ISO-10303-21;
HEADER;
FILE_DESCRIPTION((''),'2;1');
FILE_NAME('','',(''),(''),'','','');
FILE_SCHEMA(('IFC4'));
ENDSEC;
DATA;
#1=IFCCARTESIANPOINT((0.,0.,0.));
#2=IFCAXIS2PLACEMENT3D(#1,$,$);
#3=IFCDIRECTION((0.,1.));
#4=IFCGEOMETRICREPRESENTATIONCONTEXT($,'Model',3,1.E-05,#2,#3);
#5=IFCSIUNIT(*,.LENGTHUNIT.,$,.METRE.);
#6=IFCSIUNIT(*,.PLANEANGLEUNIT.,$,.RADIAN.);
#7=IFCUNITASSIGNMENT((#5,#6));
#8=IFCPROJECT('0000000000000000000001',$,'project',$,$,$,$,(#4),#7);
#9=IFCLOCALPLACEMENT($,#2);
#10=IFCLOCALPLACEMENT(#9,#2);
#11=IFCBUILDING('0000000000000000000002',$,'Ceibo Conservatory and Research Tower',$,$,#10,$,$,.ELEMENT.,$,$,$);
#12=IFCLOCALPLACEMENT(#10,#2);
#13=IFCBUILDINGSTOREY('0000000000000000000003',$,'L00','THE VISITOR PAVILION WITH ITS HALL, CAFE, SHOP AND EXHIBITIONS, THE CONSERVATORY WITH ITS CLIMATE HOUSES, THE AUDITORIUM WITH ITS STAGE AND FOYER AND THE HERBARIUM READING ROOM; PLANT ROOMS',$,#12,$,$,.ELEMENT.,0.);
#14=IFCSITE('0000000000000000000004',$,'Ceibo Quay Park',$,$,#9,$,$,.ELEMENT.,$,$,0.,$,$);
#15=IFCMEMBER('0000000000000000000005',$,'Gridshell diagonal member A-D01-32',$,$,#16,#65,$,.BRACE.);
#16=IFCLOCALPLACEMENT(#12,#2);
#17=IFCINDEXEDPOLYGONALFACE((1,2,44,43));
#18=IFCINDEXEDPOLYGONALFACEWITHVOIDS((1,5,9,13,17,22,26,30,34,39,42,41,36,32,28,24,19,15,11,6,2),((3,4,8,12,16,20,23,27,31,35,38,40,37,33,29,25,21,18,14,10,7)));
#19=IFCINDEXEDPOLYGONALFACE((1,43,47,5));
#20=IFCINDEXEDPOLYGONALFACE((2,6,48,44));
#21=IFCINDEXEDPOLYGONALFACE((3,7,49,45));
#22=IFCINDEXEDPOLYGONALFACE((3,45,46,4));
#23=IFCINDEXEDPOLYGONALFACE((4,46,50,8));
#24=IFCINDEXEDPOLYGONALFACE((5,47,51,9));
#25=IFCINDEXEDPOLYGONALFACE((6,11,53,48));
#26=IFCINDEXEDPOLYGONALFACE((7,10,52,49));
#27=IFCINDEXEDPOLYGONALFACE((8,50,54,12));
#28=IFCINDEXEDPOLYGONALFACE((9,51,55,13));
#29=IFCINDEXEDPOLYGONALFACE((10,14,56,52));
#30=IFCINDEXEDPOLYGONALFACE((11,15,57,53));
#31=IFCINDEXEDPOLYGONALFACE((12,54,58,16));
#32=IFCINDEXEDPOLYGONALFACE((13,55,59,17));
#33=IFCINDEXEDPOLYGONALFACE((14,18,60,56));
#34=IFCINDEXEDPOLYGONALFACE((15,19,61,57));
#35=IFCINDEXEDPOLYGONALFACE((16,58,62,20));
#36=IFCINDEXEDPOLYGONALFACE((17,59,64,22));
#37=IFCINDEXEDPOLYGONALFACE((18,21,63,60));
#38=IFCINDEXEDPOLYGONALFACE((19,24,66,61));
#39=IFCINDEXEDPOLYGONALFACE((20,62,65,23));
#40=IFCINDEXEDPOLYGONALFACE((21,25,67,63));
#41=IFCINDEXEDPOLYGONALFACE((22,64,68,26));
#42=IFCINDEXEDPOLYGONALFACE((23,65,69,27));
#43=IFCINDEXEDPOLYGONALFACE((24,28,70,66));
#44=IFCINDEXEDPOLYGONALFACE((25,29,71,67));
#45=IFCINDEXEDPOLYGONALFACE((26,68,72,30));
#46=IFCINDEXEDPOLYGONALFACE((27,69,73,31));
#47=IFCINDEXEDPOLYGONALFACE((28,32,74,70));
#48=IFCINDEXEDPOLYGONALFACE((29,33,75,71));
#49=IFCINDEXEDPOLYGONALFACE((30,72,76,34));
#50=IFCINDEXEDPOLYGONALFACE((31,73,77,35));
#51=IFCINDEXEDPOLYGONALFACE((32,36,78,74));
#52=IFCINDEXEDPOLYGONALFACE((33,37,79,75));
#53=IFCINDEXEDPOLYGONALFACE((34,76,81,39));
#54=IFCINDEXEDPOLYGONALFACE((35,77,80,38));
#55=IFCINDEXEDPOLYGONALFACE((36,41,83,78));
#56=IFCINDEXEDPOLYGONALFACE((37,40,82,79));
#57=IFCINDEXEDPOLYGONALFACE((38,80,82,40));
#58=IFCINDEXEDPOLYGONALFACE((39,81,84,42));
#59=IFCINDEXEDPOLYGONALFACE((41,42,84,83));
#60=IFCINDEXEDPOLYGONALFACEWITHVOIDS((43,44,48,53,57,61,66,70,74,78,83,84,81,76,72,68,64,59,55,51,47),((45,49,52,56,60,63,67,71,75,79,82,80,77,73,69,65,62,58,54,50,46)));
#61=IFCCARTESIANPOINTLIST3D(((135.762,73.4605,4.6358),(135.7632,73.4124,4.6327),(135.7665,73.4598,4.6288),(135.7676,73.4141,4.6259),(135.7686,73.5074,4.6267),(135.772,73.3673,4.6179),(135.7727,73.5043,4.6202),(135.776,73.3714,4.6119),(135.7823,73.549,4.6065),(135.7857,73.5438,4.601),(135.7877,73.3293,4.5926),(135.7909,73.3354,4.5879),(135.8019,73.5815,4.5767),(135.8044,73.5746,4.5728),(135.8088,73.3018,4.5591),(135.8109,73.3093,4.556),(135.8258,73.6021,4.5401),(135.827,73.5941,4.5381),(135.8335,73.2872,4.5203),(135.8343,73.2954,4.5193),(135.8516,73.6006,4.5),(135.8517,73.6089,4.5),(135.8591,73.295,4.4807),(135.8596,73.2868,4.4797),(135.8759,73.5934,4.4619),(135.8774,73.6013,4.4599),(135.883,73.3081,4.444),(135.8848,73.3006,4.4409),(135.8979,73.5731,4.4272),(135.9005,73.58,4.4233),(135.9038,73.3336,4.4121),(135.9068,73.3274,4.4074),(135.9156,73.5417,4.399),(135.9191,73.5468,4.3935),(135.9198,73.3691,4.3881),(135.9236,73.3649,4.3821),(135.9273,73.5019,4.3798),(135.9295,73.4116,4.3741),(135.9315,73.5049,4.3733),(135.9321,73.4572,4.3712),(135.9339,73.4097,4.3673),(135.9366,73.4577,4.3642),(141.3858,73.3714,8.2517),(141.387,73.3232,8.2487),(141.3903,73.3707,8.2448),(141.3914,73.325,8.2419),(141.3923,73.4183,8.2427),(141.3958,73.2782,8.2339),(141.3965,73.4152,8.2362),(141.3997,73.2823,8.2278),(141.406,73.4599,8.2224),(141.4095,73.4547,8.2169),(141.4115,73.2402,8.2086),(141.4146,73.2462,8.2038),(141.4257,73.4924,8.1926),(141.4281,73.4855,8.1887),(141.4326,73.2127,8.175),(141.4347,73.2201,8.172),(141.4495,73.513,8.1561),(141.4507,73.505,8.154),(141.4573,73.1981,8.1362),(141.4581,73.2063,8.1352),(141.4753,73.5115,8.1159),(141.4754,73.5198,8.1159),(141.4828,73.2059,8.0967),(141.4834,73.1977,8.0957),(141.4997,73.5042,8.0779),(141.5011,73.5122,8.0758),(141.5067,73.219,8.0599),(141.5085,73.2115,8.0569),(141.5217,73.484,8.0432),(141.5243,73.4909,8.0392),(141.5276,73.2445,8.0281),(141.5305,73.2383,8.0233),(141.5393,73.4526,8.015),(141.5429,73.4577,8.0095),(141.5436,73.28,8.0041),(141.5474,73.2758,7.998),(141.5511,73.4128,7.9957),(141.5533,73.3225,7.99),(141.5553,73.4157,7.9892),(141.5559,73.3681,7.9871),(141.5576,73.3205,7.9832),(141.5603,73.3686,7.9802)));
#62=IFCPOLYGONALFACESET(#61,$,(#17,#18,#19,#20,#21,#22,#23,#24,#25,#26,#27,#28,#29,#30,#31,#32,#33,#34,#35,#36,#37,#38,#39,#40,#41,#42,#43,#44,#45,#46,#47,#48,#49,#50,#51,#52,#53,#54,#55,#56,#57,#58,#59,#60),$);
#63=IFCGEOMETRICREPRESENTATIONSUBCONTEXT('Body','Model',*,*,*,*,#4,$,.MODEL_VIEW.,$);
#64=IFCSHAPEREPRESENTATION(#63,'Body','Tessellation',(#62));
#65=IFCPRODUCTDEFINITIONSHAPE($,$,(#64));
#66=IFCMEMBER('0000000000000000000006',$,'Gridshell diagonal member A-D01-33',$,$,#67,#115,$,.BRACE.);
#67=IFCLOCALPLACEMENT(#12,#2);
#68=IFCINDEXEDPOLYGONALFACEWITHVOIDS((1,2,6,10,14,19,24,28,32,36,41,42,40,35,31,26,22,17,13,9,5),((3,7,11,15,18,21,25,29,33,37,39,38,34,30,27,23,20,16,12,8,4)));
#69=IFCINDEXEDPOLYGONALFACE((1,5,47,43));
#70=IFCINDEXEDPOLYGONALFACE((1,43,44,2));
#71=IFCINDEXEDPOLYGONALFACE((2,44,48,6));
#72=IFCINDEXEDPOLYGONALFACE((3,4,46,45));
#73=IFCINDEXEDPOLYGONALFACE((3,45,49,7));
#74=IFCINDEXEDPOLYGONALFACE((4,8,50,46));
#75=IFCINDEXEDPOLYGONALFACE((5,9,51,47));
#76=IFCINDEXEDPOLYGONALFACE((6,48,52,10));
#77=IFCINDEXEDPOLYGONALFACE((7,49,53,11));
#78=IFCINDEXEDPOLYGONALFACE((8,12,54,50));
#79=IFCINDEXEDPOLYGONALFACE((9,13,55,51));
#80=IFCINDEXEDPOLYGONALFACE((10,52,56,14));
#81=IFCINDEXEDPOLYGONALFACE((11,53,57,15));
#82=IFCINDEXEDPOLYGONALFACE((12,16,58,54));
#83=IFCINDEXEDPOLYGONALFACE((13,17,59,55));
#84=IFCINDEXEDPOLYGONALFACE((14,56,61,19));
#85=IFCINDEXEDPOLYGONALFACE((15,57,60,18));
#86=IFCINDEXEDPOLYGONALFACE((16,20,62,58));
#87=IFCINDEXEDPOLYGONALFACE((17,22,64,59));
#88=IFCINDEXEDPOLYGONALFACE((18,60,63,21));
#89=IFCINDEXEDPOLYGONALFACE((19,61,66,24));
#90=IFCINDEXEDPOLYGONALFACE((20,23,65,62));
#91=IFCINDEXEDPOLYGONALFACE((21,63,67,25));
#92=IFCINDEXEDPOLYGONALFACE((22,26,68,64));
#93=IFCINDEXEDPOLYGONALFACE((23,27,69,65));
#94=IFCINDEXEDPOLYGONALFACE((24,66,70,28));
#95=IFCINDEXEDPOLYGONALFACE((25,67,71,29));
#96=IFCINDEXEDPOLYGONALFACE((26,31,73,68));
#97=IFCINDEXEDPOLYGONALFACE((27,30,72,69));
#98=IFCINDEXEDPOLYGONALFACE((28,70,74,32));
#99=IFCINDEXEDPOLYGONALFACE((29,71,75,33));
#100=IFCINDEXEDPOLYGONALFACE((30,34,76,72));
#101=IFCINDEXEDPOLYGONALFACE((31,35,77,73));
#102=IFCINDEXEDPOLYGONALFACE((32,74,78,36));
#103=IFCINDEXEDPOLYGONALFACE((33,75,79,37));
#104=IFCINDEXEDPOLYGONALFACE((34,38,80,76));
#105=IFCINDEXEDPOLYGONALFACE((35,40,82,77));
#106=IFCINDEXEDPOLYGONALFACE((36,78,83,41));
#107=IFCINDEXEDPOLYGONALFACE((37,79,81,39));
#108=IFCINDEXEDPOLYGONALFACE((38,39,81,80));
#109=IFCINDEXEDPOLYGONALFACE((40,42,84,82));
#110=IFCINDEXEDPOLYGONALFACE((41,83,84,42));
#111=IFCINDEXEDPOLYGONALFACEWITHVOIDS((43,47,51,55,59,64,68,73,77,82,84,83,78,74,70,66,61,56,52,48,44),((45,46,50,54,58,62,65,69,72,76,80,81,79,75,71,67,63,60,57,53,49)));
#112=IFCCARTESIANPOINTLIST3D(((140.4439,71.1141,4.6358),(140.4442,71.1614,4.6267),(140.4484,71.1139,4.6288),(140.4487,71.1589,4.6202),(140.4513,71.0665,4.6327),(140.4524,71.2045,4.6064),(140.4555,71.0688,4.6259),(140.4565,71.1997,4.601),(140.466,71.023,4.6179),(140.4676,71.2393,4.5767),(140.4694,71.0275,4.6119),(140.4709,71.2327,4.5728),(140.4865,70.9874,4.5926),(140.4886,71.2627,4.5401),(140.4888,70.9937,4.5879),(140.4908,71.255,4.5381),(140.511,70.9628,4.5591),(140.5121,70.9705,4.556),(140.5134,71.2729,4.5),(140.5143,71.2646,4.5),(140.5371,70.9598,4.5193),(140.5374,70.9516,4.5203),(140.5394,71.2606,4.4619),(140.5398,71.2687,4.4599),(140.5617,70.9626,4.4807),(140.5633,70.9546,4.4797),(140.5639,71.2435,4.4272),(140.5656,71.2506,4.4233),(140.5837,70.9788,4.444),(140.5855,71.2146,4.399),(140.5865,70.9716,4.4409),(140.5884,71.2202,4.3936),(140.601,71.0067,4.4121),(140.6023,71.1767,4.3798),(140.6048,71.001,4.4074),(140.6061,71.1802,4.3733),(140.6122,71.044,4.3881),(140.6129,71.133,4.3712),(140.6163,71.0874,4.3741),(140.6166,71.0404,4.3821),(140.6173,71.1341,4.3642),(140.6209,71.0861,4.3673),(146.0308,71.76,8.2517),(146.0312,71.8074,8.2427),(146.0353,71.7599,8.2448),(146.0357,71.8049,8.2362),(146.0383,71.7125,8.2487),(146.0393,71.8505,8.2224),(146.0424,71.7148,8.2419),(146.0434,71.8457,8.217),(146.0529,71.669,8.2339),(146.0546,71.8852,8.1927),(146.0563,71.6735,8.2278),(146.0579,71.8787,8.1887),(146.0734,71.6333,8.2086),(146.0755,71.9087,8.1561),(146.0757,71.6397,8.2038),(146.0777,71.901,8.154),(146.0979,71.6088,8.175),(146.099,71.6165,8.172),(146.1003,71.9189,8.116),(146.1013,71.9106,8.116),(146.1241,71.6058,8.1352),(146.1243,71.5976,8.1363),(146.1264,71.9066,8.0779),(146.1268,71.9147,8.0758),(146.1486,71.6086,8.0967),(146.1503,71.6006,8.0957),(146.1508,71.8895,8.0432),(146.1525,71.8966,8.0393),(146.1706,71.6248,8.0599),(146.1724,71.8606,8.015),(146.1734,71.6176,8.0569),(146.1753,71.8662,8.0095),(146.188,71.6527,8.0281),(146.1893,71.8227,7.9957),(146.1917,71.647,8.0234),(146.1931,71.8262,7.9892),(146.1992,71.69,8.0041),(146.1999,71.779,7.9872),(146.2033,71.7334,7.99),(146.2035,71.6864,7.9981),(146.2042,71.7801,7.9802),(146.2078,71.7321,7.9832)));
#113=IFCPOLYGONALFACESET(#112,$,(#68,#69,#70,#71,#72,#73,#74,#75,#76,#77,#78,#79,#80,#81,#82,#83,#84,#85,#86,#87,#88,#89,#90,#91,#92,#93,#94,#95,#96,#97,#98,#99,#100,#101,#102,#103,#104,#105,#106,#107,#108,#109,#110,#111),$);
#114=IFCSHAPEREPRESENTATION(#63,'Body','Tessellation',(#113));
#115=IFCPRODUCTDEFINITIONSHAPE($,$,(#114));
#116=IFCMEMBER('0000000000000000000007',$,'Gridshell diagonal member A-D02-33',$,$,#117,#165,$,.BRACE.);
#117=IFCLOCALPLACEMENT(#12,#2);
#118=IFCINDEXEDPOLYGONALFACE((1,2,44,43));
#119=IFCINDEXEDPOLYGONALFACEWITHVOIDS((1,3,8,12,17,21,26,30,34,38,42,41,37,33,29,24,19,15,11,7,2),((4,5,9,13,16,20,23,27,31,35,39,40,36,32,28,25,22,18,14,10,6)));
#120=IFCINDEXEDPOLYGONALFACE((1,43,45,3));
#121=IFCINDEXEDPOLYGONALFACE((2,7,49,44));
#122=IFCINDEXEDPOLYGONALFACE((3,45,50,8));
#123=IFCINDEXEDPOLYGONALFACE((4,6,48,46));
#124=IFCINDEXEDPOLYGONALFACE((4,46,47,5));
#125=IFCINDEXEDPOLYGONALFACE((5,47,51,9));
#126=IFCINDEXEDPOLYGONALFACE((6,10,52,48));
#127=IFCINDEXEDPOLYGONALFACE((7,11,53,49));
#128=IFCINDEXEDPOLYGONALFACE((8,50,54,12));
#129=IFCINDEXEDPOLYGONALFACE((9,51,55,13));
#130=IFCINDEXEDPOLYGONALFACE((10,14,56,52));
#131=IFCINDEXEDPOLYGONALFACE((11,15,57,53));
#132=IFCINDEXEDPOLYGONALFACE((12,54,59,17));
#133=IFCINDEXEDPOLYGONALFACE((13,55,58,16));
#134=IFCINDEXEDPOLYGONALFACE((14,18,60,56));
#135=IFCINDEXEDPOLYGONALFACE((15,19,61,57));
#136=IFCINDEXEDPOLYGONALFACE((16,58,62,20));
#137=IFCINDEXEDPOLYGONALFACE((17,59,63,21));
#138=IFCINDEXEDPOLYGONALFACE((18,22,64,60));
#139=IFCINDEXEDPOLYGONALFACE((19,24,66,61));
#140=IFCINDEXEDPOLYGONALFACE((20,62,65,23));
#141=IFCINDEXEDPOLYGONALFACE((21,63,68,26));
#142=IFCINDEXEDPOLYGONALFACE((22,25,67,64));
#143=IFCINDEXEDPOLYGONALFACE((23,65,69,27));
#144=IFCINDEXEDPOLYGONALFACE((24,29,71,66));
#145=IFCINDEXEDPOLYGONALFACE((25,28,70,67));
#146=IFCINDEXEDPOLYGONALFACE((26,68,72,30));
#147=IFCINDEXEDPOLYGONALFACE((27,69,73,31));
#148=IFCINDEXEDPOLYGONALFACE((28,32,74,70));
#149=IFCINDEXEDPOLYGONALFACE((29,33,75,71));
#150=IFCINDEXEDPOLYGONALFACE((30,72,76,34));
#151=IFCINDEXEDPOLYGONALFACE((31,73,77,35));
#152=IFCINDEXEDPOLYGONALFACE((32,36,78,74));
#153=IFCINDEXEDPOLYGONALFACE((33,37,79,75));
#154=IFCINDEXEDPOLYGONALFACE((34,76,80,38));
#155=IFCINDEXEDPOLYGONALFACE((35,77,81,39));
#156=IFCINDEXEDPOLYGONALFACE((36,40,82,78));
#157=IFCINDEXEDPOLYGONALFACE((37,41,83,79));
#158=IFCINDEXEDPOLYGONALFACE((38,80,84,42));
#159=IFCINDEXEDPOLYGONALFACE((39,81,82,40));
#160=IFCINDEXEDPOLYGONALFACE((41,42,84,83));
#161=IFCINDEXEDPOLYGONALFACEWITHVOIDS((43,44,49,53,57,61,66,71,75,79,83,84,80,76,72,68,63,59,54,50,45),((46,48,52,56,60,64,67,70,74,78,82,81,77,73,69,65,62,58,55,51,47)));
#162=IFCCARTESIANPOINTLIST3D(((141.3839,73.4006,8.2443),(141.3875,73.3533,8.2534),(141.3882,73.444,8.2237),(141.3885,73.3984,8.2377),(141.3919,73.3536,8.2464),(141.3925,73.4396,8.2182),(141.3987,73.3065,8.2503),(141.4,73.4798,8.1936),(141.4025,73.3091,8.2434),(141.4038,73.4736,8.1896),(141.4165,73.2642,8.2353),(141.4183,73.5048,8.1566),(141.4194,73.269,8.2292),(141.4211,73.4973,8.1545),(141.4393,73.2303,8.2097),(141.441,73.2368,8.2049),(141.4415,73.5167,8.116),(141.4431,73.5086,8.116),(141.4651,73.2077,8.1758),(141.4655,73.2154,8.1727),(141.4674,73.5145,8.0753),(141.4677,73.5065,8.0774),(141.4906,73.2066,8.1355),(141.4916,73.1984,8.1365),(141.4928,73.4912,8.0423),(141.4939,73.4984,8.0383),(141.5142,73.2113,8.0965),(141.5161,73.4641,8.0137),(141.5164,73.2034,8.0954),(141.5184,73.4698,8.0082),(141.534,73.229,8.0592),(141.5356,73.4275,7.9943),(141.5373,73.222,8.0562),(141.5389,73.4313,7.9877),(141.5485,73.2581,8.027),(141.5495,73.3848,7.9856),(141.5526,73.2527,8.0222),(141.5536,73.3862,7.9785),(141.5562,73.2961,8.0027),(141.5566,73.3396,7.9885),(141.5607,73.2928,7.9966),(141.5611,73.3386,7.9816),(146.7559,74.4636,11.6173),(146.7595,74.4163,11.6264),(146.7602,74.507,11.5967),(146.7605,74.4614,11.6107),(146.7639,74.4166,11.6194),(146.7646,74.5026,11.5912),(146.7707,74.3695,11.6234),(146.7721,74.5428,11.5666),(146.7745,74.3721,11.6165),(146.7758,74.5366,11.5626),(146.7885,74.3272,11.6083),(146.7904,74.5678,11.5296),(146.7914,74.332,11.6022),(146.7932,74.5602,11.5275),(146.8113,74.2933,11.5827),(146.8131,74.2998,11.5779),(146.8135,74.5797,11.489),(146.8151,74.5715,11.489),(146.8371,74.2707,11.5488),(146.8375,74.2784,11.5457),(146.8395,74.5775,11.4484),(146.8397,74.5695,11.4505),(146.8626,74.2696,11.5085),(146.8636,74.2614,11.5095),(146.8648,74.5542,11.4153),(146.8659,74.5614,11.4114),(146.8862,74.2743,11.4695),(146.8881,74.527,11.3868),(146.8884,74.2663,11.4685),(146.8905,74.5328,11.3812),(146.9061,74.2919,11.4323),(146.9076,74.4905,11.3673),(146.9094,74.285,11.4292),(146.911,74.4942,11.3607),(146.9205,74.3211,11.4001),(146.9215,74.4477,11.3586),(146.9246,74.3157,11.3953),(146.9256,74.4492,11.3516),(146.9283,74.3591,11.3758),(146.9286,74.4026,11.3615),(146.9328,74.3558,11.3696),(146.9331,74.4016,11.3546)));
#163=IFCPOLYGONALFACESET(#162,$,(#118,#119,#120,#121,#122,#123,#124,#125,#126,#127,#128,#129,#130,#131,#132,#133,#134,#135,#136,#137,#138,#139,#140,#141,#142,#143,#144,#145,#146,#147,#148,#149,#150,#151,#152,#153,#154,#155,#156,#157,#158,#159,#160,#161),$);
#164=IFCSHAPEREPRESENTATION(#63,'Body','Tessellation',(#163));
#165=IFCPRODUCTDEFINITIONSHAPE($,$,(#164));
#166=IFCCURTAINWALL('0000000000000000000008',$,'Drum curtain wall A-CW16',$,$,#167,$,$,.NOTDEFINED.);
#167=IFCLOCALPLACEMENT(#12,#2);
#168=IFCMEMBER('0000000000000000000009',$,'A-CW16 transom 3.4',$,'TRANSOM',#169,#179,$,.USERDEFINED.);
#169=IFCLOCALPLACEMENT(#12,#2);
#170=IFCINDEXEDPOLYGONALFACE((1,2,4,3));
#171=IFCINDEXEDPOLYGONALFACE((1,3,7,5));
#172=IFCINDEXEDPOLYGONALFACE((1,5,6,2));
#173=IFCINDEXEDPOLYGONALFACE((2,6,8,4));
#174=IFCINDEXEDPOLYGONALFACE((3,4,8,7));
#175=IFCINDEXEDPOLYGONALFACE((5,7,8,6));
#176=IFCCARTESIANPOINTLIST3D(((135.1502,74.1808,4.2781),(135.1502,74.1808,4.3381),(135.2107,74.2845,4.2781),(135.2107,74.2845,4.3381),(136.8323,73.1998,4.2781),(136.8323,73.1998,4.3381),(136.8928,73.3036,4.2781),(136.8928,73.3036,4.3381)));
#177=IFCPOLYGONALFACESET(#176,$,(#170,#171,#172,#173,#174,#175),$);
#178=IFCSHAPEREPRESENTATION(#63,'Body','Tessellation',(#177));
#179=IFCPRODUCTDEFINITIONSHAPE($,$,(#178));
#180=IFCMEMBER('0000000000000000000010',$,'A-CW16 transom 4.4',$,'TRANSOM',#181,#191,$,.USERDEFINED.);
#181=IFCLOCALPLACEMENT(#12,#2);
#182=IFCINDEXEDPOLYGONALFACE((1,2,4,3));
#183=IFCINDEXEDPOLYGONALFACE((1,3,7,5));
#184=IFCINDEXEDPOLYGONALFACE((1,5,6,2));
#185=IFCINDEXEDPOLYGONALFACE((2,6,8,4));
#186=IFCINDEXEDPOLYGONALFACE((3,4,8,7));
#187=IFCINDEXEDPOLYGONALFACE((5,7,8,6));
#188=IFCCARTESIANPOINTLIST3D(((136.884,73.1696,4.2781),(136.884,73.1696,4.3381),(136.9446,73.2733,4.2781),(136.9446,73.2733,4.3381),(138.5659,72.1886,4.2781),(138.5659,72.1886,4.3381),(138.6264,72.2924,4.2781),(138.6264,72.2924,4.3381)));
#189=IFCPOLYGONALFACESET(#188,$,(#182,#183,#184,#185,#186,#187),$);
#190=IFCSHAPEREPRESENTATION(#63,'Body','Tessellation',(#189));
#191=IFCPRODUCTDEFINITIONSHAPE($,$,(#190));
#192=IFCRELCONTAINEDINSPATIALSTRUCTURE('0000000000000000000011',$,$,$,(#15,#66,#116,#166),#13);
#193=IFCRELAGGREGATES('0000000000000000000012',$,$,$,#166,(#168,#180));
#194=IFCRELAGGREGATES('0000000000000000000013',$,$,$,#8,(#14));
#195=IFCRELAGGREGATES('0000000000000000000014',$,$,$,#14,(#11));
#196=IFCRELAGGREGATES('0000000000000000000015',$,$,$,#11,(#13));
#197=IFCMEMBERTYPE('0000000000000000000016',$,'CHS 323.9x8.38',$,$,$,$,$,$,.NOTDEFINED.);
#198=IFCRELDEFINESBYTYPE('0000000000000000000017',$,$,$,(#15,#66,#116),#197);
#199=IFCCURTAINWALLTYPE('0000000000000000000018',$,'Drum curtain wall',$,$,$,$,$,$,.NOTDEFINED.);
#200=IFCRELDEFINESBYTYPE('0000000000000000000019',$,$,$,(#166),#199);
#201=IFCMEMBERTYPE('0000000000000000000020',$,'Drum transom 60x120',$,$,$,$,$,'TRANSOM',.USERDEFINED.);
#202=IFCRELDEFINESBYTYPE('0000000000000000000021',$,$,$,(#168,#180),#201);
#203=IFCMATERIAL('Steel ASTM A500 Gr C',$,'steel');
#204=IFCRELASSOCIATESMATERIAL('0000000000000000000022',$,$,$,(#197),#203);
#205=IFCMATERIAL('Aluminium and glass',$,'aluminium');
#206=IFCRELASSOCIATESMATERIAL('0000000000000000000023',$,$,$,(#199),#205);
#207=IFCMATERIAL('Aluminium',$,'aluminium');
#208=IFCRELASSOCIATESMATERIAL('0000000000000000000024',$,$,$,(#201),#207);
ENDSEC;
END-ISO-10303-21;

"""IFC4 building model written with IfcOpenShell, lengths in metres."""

from ifc_helpers import new_model, si_unit, direction, frame, origin, origin_2d, place, context, subcontext, project, spatial, rectangle, hollow_circle, extrude, material, material_profile, profile_set, type_object, element, aggregate, save


model = new_model("IFC4")

# Units and contexts
model_context = context("Model", 3, precision=1e-05, world=origin(), true_north=direction((0.0, 1.0)))
body_context = subcontext(model_context, "Body", "Model", "MODEL_VIEW")
ifc_project = project(units=[si_unit("LENGTHUNIT", "METRE"), si_unit("PLANEANGLEUNIT", "RADIAN")], contexts=[model_context])

# Site, building, storey
site_placement = place(None, origin())
site = spatial("IfcSite", under=ifc_project, at=site_placement, Name="Ceibo Quay Park", CompositionType="ELEMENT", RefElevation=0.0)
building_placement = place(site_placement, origin())
building = spatial("IfcBuilding", under=site, at=building_placement, Name="Ceibo Conservatory and Research Tower", CompositionType="ELEMENT")
storey_placement = place(building_placement, origin())
storey = spatial("IfcBuildingStorey", under=building, at=storey_placement, Name="L00", Description="THE VISITOR PAVILION WITH ITS HALL, CAFE, SHOP AND EXHIBITIONS, THE CONSERVATORY WITH ITS CLIMATE HOUSES, THE AUDITORIUM WITH ITS STAGE AND FOYER AND THE HERBARIUM READING ROOM; PLANT ROOMS", CompositionType="ELEMENT", Elevation=0.0)

# Members
ifc_material_1 = material(Name="Steel ASTM A500 Gr C", Category="steel")
ifc_material_profile_1 = material_profile(ifc_material_1, hollow_circle(Radius=0.1619, WallThickness=0.0083, at=origin_2d()), Name="CHS 323.9x8.38")
ifc_profile_set_1 = profile_set([ifc_material_profile_1], Name="Steel ASTM A500 Gr C")
member_type_1 = type_object("IfcMemberType", Name="CHS 323.9x8.38", PredefinedType="NOTDEFINED", material=ifc_profile_set_1)
member_1_placement = place(storey_placement, frame((135.8491, 73.447, 4.5), z_axis=(0.841058, -0.013327, 0.540782), x_axis=(0.015843, 0.999874, 0.0)))
element("IfcMember", 1, at=member_1_placement, inside=storey, type_object=member_type_1, Name="Gridshell diagonal member A-D01-32", PredefinedType="BRACE", context=body_context, shape_type="SweptSolid", body=[
    extrude(hollow_circle(Radius=0.1619, WallThickness=0.0083, at=origin_2d()), origin(), (0.0, 0.0, 1.0), 6.6865),
])
member_2_placement = place(storey_placement, frame((140.532, 71.1121, 4.5), z_axis=(0.835581, 0.096615, 0.540805), x_axis=(-0.114861, 0.993382, 0.0)))
element("IfcMember", 2, at=member_2_placement, inside=storey, type_object=member_type_1, Name="Gridshell diagonal member A-D01-33", PredefinedType="BRACE", context=body_context, shape_type="SweptSolid", body=[
    extrude(hollow_circle(Radius=0.1619, WallThickness=0.0083, at=origin_2d()), origin(), (0.0, 0.0, 1.0), 6.6863),
])
member_3_placement = place(storey_placement, frame((141.4729, 73.3579, 8.116), z_axis=(0.835251, 0.165274, 0.524442), x_axis=(-0.19411, 0.98098, 0.0)))
element("IfcMember", 3, at=member_3_placement, inside=storey, type_object=member_type_1, Name="Gridshell diagonal member A-D02-33", PredefinedType="BRACE", context=body_context, shape_type="SweptSolid", body=[
    extrude(hollow_circle(Radius=0.1619, WallThickness=0.0083, at=origin_2d()), origin(), (0.0, 0.0, 1.0), 6.4316),
])

# Curtain wall, members
ifc_material_2 = material(Name="Aluminium and glass", Category="aluminium")
curtain_wall_type = type_object("IfcCurtainWallType", Name="Drum curtain wall", PredefinedType="NOTDEFINED", material=ifc_material_2)
curtain_wall_1_placement = place(storey_placement, origin())
curtain_wall_1 = element("IfcCurtainWall", 4, at=curtain_wall_1_placement, inside=storey, type_object=curtain_wall_type, Name="Drum curtain wall A-CW16", PredefinedType="NOTDEFINED")
ifc_material_3 = material(Name="Aluminium", Category="aluminium")
ifc_material_profile_2 = material_profile(ifc_material_3, rectangle(XDim=0.1201, YDim=0.0601, at=origin_2d()), Name="AL 60x120")
ifc_profile_set_2 = profile_set([ifc_material_profile_2], Name="Aluminium")
member_type_2 = type_object("IfcMemberType", Name="Drum transom 60x120", ElementType="TRANSOM", PredefinedType="USERDEFINED", material=ifc_profile_set_2)
member_4_placement = place(storey_placement, frame((135.1804, 74.2327, 4.3081), z_axis=(0.863843, -0.503762, 0.0), x_axis=(0.503762, 0.863843, 0.0)))
member_4 = element("IfcMember", 5, at=member_4_placement, type_object=member_type_2, Name="A-CW16 transom 3.4", ObjectType="TRANSOM", PredefinedType="USERDEFINED", context=body_context, shape_type="SweptSolid", body=[
    extrude(rectangle(XDim=0.1201, YDim=0.0601, at=origin_2d()), origin(), (0.0, 0.0, 1.0), 1.9473),
])
member_5_placement = place(storey_placement, frame((136.9143, 73.2214, 4.3081), z_axis=(0.863811, -0.503816, 0.0), x_axis=(0.503816, 0.863811, 0.0)))
member_5 = element("IfcMember", 6, at=member_5_placement, type_object=member_type_2, Name="A-CW16 transom 4.4", ObjectType="TRANSOM", PredefinedType="USERDEFINED", context=body_context, shape_type="SweptSolid", body=[
    extrude(rectangle(XDim=0.1201, YDim=0.0601, at=origin_2d()), origin(), (0.0, 0.0, 1.0), 1.947),
])

aggregate(curtain_wall_1, [member_4, member_5])

save(model, "model.ifc")
